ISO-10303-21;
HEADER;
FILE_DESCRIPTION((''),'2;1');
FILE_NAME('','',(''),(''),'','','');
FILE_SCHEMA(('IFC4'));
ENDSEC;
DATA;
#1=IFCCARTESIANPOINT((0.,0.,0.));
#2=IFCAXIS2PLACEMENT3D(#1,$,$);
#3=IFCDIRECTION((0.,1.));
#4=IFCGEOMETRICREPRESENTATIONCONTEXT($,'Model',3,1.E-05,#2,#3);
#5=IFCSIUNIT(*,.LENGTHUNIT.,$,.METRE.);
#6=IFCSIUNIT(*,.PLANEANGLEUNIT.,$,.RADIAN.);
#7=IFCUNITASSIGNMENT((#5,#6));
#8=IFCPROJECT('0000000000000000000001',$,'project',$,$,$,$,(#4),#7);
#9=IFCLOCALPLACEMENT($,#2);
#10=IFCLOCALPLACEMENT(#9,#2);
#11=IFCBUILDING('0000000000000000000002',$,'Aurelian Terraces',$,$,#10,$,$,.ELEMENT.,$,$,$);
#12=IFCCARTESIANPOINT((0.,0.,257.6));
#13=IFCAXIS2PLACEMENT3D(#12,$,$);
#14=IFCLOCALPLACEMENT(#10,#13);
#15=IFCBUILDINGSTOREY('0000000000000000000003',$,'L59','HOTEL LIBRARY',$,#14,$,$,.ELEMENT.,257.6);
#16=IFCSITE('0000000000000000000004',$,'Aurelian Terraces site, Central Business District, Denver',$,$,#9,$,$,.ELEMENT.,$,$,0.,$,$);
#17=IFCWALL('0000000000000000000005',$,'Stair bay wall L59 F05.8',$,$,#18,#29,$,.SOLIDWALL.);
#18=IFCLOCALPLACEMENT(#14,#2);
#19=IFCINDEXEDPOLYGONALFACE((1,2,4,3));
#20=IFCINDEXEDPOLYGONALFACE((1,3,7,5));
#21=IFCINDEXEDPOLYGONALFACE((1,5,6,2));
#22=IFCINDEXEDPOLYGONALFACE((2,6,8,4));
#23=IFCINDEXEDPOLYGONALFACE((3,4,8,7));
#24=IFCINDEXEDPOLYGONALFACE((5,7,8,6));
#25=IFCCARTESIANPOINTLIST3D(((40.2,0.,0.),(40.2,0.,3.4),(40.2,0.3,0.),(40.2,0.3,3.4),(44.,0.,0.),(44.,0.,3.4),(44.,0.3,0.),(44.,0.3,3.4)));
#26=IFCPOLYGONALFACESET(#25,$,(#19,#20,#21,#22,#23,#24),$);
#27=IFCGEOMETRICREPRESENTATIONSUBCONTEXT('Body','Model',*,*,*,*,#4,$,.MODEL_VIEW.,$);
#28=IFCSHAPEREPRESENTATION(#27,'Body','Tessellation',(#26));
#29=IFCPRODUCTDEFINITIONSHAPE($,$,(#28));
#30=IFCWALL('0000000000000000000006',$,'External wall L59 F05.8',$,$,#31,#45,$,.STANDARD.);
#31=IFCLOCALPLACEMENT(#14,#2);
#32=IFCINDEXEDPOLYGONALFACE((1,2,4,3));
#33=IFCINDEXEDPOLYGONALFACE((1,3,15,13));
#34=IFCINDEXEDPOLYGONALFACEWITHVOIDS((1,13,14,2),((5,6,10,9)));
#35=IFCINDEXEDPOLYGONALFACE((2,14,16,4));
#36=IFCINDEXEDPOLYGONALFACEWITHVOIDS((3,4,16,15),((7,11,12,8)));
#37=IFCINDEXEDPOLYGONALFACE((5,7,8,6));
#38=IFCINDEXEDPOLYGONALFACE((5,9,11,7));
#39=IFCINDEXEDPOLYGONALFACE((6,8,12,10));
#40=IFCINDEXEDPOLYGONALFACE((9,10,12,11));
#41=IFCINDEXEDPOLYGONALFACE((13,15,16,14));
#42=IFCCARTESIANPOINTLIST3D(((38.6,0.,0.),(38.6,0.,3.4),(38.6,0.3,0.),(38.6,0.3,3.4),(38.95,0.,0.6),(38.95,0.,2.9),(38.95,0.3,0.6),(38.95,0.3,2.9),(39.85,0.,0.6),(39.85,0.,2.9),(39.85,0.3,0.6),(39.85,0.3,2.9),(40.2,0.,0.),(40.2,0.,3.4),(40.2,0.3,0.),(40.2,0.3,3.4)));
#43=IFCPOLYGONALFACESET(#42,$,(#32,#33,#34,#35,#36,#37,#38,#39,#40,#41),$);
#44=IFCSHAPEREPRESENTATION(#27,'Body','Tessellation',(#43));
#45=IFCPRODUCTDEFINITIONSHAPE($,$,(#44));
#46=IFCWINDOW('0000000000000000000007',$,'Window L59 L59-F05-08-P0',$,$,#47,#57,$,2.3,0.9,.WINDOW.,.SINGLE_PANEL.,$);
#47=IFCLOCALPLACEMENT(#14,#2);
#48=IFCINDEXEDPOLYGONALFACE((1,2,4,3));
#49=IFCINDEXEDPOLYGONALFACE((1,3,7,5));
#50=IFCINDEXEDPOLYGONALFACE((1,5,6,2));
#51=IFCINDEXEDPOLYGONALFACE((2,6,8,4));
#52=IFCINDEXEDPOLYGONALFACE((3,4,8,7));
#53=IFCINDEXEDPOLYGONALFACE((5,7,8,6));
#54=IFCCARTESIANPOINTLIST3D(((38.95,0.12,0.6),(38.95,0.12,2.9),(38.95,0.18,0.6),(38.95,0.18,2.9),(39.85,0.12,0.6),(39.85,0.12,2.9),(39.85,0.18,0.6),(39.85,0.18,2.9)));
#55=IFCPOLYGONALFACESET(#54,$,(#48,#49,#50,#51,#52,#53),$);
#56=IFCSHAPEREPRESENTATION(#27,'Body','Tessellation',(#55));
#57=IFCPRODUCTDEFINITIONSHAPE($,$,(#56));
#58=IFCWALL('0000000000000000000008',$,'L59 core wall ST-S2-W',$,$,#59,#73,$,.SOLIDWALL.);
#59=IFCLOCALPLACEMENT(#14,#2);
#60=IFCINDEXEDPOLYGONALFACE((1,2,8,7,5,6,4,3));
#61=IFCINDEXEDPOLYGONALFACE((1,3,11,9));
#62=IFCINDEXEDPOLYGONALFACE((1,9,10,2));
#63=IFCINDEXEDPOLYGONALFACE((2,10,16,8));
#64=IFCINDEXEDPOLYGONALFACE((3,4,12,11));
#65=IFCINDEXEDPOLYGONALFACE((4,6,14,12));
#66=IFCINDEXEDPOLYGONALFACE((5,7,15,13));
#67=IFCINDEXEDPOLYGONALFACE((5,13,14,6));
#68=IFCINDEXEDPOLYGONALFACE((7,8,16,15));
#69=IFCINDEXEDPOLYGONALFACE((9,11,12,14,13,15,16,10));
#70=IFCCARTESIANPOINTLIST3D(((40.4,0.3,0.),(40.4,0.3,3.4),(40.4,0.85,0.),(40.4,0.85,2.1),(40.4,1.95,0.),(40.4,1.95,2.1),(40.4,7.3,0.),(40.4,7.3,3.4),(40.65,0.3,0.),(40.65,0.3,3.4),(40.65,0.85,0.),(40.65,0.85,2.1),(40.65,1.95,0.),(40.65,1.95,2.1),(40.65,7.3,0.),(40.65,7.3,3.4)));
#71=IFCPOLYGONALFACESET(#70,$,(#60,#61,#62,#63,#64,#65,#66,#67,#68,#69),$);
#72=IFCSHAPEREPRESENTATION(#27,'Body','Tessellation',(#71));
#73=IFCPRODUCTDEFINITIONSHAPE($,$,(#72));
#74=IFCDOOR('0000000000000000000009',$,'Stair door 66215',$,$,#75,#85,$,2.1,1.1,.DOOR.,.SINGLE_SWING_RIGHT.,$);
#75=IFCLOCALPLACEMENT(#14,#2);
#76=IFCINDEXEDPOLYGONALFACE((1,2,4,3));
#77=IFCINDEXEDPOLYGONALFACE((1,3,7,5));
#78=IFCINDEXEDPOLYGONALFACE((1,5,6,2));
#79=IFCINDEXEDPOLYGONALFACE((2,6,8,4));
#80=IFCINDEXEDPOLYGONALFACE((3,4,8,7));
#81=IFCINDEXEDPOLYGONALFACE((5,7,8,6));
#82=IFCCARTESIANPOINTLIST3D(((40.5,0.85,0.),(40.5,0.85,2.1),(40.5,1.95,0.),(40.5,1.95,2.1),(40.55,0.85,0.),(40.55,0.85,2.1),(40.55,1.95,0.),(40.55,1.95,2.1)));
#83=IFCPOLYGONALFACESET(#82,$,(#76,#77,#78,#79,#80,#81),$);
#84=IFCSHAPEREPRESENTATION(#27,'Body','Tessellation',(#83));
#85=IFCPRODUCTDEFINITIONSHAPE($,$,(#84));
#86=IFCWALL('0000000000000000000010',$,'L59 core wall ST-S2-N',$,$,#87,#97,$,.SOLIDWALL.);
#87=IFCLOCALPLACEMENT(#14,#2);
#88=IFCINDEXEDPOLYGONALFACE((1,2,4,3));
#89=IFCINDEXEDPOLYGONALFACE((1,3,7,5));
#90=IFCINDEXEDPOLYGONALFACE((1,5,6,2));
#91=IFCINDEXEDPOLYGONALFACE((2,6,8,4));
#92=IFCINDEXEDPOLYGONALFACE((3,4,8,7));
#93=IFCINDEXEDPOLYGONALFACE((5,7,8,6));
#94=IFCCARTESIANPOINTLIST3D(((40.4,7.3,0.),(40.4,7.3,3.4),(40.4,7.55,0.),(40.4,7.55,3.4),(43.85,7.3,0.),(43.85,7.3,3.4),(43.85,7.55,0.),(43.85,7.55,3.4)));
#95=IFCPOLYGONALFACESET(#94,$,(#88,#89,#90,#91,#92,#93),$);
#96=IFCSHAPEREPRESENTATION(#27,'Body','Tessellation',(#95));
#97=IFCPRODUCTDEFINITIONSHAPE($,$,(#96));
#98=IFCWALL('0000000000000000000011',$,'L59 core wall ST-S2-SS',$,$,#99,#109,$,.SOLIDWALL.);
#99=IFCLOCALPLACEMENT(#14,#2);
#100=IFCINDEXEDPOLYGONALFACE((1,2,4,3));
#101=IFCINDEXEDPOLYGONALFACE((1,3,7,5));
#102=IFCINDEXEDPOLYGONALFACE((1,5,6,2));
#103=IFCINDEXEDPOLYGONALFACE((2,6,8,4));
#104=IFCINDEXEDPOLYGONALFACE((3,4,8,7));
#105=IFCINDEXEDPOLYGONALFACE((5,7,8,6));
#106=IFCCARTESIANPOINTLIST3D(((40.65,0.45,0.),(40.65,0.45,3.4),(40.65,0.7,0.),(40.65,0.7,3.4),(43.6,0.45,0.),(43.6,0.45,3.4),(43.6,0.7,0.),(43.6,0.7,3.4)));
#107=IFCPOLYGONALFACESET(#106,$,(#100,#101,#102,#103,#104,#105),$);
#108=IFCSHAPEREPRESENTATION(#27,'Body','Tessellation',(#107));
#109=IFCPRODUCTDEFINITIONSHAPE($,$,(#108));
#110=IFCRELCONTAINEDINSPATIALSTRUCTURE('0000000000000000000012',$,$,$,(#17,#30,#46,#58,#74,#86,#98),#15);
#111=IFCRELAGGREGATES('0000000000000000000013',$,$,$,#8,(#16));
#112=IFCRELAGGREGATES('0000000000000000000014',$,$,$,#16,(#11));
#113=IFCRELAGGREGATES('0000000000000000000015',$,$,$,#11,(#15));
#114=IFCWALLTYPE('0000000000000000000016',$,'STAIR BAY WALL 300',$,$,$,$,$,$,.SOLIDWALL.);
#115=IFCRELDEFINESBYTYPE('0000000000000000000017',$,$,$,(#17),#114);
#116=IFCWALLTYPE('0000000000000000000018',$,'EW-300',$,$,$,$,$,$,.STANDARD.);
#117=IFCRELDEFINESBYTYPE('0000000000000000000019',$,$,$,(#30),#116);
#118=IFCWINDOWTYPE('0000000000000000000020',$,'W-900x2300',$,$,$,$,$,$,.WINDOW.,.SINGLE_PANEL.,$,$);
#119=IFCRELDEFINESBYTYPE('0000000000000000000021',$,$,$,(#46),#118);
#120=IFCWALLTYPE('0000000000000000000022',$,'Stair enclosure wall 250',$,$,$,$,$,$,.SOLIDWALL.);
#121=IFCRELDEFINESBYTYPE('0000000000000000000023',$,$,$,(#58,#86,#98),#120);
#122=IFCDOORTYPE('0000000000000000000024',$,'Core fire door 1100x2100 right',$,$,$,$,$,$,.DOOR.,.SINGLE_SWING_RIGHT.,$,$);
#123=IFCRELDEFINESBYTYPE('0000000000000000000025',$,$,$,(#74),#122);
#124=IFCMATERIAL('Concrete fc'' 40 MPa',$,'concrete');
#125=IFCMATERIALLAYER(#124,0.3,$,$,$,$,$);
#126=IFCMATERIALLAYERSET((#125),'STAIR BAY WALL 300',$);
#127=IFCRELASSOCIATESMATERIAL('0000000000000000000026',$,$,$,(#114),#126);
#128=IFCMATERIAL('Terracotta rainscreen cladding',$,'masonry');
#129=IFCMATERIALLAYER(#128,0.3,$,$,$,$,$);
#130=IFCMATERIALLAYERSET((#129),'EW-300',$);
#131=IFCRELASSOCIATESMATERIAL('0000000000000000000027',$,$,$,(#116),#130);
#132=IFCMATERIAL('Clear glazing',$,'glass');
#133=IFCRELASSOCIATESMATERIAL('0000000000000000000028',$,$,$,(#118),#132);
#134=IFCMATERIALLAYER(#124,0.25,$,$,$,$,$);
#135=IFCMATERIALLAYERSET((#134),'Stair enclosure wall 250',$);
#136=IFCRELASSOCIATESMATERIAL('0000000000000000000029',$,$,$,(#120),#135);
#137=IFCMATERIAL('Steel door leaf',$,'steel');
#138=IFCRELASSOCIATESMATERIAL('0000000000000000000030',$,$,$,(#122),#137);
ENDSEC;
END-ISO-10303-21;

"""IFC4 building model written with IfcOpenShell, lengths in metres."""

from ifc_helpers import new_model, si_unit, direction, frame, frame_2d, origin, place, context, subcontext, project, spatial, rectangle, extrude, source, transform, mapped, material, layer, layer_set, type_object, element, fill, save


model = new_model("IFC4")

# Units and contexts
model_context = context("Model", 3, precision=1e-05, world=origin(), true_north=direction((0.0, 1.0)))
body_context = subcontext(model_context, "Body", "Model", "MODEL_VIEW")
ifc_project = project(units=[si_unit("LENGTHUNIT", "METRE"), si_unit("PLANEANGLEUNIT", "RADIAN")], contexts=[model_context])

# Site, building, storey
site_placement = place(None, origin())
site = spatial("IfcSite", under=ifc_project, at=site_placement, Name="Aurelian Terraces site, Central Business District, Denver", CompositionType="ELEMENT", RefElevation=0.0)
building_placement = place(site_placement, origin())
building = spatial("IfcBuilding", under=site, at=building_placement, Name="Aurelian Terraces", CompositionType="ELEMENT")
storey_placement = place(building_placement, frame((0.0, 0.0, 257.6)))
storey = spatial("IfcBuildingStorey", under=building, at=storey_placement, Name="L59", Description="HOTEL LIBRARY", CompositionType="ELEMENT", Elevation=257.6)

# Wall
ifc_material_1 = material(Name="Concrete fc' 40 MPa", Category="concrete")
ifc_layer_1 = layer(ifc_material_1, 0.3)
ifc_layer_set_1 = layer_set([ifc_layer_1], Name="STAIR BAY WALL 300")
wall_type_1 = type_object("IfcWallType", Name="STAIR BAY WALL 300", PredefinedType="SOLIDWALL", material=ifc_layer_set_1)
shared_shape_1 = source(origin(), body_context, "Body", "SweptSolid", [
    extrude(rectangle(XDim=3.8, YDim=0.3, at=frame_2d((1.9, 0.0))), origin(), (0.0, 0.0, 1.0), 3.4),
])
wall_1_placement = place(storey_placement, frame((40.2, 0.15, 0.0), z_axis=(0.0, 0.0, 1.0), x_axis=(1.0, 0.0, 0.0)))
element("IfcWall", 1, at=wall_1_placement, inside=storey, type_object=wall_type_1, Name="Stair bay wall L59 F05.8", PredefinedType="SOLIDWALL", context=body_context, shape_type="MappedRepresentation", body=[
    mapped(shared_shape_1, transform((0.0, 0.0, 0.0), scale=1.0)),
])

# Wall, opening, window
ifc_material_2 = material(Name="Terracotta rainscreen cladding", Category="masonry")
ifc_layer_2 = layer(ifc_material_2, 0.3)
ifc_layer_set_2 = layer_set([ifc_layer_2], Name="EW-300")
wall_type_2 = type_object("IfcWallType", Name="EW-300", PredefinedType="STANDARD", material=ifc_layer_set_2)
shared_shape_2 = source(origin(), body_context, "Body", "SweptSolid", [
    extrude(rectangle(XDim=1.6, YDim=0.3, at=frame_2d((0.8, 0.0))), origin(), (0.0, 0.0, 1.0), 3.4),
])
wall_2_placement = place(storey_placement, frame((38.6, 0.15, 0.0), z_axis=(0.0, 0.0, 1.0), x_axis=(1.0, 0.0, 0.0)))
wall_2 = element("IfcWall", 2, at=wall_2_placement, inside=storey, type_object=wall_type_2, Name="External wall L59 F05.8", PredefinedType="STANDARD", context=body_context, shape_type="MappedRepresentation", body=[
    mapped(shared_shape_2, transform((0.0, 0.0, 0.0), scale=1.0)),
])
shared_shape_3 = source(origin(), body_context, "Body", "SweptSolid", [
    extrude(rectangle(XDim=0.9, YDim=2.3, at=frame_2d((0.45, 1.15))), frame((0.0, 0.16, 0.0), z_axis=(0.0, -1.0, 0.0), x_axis=(1.0, 0.0, 0.0)), (0.0, 0.0, 1.0), 0.32),
])
opening_1_placement = place(wall_2_placement, frame((0.35, 0.0, 0.6)))
opening_1 = element("IfcOpeningElement", 3, at=opening_1_placement, cuts=wall_2, PredefinedType="OPENING", context=body_context, shape_type="MappedRepresentation", body=[
    mapped(shared_shape_3, transform((0.0, 0.0, 0.0), scale=1.0)),
])
ifc_material_3 = material(Name="Clear glazing", Category="glass")
window_type = type_object("IfcWindowType", Name="W-900x2300", PartitioningType="SINGLE_PANEL", PredefinedType="WINDOW", material=ifc_material_3)
shared_shape_4 = source(origin(), body_context, "Body", "SweptSolid", [
    extrude(rectangle(XDim=0.9, YDim=2.3, at=frame_2d((0.45, 1.15))), frame((0.0, 0.03, 0.0), z_axis=(0.0, -1.0, 0.0), x_axis=(1.0, 0.0, 0.0)), (0.0, 0.0, 1.0), 0.06),
])
window_placement = place(opening_1_placement, origin())
window = element("IfcWindow", 4, at=window_placement, inside=storey, type_object=window_type, Name="Window L59 L59-F05-08-P0", OverallHeight=2.3, OverallWidth=0.9, PartitioningType="SINGLE_PANEL", PredefinedType="WINDOW", context=body_context, shape_type="MappedRepresentation", body=[
    mapped(shared_shape_4, transform((0.0, 0.0, 0.0), scale=1.0)),
])
fill(opening_1, window)

# Wall, opening, door
ifc_layer_3 = layer(ifc_material_1, 0.25)
ifc_layer_set_3 = layer_set([ifc_layer_3], Name="Stair enclosure wall 250")
wall_type_3 = type_object("IfcWallType", Name="Stair enclosure wall 250", PredefinedType="SOLIDWALL", material=ifc_layer_set_3)
shared_shape_5 = source(origin(), body_context, "Body", "SweptSolid", [
    extrude(rectangle(XDim=7.0, YDim=0.25, at=frame_2d((3.5, 0.0))), origin(), (0.0, 0.0, 1.0), 3.4),
])
wall_3_placement = place(storey_placement, frame((40.525, 0.3, 0.0), z_axis=(0.0, 0.0, 1.0), x_axis=(0.0, 1.0, 0.0)))
wall_3 = element("IfcWall", 5, at=wall_3_placement, inside=storey, type_object=wall_type_3, Name="L59 core wall ST-S2-W", PredefinedType="SOLIDWALL", context=body_context, shape_type="MappedRepresentation", body=[
    mapped(shared_shape_5, transform((0.0, 0.0, 0.0), scale=1.0)),
])
shared_shape_6 = source(origin(), body_context, "Body", "SweptSolid", [
    extrude(rectangle(XDim=1.1, YDim=2.1, at=frame_2d((0.55, 1.05))), frame((0.0, 0.135, 0.0), z_axis=(0.0, -1.0, 0.0), x_axis=(1.0, 0.0, 0.0)), (0.0, 0.0, 1.0), 0.27),
])
opening_2_placement = place(wall_3_placement, frame((0.55, 0.0, 0.0)))
opening_2 = element("IfcOpeningElement", 6, at=opening_2_placement, cuts=wall_3, PredefinedType="OPENING", context=body_context, shape_type="MappedRepresentation", body=[
    mapped(shared_shape_6, transform((0.0, 0.0, 0.0), scale=1.0)),
])
ifc_material_4 = material(Name="Steel door leaf", Category="steel")
door_type_1 = type_object("IfcDoorType", Name="Core fire door 1100x2100 right", OperationType="SINGLE_SWING_RIGHT", PredefinedType="DOOR", material=ifc_material_4)
shared_shape_7 = source(origin(), body_context, "Body", "SweptSolid", [
    extrude(rectangle(XDim=1.1, YDim=2.1, at=frame_2d((0.55, 1.05))), frame((0.0, 0.025, 0.0), z_axis=(0.0, -1.0, 0.0), x_axis=(1.0, 0.0, 0.0)), (0.0, 0.0, 1.0), 0.05),
])
door_1_placement = place(opening_2_placement, origin())
door_1 = element("IfcDoor", 7, at=door_1_placement, inside=storey, type_object=door_type_1, Name="Stair door 66215", OperationType="SINGLE_SWING_RIGHT", OverallHeight=2.1, OverallWidth=1.1, PredefinedType="DOOR", context=body_context, shape_type="MappedRepresentation", body=[
    mapped(shared_shape_7, transform((0.0, 0.0, 0.0), scale=1.0)),
])
fill(opening_2, door_1)

# Walls
shared_shape_8 = source(origin(), body_context, "Body", "SweptSolid", [
    extrude(rectangle(XDim=3.45, YDim=0.25, at=frame_2d((1.725, 0.0))), origin(), (0.0, 0.0, 1.0), 3.4),
])
wall_4_placement = place(storey_placement, frame((40.4, 7.425, 0.0), z_axis=(0.0, 0.0, 1.0), x_axis=(1.0, 0.0, 0.0)))
element("IfcWall", 8, at=wall_4_placement, inside=storey, type_object=wall_type_3, Name="L59 core wall ST-S2-N", PredefinedType="SOLIDWALL", context=body_context, shape_type="MappedRepresentation", body=[
    mapped(shared_shape_8, transform((0.0, 0.0, 0.0), scale=1.0)),
])
shared_shape_9 = source(origin(), body_context, "Body", "SweptSolid", [
    extrude(rectangle(XDim=2.95, YDim=0.25, at=frame_2d((1.475, 0.0))), origin(), (0.0, 0.0, 1.0), 3.4),
])
wall_5_placement = place(storey_placement, frame((40.65, 0.575, 0.0), z_axis=(0.0, 0.0, 1.0), x_axis=(1.0, 0.0, 0.0)))
element("IfcWall", 9, at=wall_5_placement, inside=storey, type_object=wall_type_3, Name="L59 core wall ST-S2-SS", PredefinedType="SOLIDWALL", context=body_context, shape_type="MappedRepresentation", body=[
    mapped(shared_shape_9, transform((0.0, 0.0, 0.0), scale=1.0)),
])

save(model, "model.ifc")
